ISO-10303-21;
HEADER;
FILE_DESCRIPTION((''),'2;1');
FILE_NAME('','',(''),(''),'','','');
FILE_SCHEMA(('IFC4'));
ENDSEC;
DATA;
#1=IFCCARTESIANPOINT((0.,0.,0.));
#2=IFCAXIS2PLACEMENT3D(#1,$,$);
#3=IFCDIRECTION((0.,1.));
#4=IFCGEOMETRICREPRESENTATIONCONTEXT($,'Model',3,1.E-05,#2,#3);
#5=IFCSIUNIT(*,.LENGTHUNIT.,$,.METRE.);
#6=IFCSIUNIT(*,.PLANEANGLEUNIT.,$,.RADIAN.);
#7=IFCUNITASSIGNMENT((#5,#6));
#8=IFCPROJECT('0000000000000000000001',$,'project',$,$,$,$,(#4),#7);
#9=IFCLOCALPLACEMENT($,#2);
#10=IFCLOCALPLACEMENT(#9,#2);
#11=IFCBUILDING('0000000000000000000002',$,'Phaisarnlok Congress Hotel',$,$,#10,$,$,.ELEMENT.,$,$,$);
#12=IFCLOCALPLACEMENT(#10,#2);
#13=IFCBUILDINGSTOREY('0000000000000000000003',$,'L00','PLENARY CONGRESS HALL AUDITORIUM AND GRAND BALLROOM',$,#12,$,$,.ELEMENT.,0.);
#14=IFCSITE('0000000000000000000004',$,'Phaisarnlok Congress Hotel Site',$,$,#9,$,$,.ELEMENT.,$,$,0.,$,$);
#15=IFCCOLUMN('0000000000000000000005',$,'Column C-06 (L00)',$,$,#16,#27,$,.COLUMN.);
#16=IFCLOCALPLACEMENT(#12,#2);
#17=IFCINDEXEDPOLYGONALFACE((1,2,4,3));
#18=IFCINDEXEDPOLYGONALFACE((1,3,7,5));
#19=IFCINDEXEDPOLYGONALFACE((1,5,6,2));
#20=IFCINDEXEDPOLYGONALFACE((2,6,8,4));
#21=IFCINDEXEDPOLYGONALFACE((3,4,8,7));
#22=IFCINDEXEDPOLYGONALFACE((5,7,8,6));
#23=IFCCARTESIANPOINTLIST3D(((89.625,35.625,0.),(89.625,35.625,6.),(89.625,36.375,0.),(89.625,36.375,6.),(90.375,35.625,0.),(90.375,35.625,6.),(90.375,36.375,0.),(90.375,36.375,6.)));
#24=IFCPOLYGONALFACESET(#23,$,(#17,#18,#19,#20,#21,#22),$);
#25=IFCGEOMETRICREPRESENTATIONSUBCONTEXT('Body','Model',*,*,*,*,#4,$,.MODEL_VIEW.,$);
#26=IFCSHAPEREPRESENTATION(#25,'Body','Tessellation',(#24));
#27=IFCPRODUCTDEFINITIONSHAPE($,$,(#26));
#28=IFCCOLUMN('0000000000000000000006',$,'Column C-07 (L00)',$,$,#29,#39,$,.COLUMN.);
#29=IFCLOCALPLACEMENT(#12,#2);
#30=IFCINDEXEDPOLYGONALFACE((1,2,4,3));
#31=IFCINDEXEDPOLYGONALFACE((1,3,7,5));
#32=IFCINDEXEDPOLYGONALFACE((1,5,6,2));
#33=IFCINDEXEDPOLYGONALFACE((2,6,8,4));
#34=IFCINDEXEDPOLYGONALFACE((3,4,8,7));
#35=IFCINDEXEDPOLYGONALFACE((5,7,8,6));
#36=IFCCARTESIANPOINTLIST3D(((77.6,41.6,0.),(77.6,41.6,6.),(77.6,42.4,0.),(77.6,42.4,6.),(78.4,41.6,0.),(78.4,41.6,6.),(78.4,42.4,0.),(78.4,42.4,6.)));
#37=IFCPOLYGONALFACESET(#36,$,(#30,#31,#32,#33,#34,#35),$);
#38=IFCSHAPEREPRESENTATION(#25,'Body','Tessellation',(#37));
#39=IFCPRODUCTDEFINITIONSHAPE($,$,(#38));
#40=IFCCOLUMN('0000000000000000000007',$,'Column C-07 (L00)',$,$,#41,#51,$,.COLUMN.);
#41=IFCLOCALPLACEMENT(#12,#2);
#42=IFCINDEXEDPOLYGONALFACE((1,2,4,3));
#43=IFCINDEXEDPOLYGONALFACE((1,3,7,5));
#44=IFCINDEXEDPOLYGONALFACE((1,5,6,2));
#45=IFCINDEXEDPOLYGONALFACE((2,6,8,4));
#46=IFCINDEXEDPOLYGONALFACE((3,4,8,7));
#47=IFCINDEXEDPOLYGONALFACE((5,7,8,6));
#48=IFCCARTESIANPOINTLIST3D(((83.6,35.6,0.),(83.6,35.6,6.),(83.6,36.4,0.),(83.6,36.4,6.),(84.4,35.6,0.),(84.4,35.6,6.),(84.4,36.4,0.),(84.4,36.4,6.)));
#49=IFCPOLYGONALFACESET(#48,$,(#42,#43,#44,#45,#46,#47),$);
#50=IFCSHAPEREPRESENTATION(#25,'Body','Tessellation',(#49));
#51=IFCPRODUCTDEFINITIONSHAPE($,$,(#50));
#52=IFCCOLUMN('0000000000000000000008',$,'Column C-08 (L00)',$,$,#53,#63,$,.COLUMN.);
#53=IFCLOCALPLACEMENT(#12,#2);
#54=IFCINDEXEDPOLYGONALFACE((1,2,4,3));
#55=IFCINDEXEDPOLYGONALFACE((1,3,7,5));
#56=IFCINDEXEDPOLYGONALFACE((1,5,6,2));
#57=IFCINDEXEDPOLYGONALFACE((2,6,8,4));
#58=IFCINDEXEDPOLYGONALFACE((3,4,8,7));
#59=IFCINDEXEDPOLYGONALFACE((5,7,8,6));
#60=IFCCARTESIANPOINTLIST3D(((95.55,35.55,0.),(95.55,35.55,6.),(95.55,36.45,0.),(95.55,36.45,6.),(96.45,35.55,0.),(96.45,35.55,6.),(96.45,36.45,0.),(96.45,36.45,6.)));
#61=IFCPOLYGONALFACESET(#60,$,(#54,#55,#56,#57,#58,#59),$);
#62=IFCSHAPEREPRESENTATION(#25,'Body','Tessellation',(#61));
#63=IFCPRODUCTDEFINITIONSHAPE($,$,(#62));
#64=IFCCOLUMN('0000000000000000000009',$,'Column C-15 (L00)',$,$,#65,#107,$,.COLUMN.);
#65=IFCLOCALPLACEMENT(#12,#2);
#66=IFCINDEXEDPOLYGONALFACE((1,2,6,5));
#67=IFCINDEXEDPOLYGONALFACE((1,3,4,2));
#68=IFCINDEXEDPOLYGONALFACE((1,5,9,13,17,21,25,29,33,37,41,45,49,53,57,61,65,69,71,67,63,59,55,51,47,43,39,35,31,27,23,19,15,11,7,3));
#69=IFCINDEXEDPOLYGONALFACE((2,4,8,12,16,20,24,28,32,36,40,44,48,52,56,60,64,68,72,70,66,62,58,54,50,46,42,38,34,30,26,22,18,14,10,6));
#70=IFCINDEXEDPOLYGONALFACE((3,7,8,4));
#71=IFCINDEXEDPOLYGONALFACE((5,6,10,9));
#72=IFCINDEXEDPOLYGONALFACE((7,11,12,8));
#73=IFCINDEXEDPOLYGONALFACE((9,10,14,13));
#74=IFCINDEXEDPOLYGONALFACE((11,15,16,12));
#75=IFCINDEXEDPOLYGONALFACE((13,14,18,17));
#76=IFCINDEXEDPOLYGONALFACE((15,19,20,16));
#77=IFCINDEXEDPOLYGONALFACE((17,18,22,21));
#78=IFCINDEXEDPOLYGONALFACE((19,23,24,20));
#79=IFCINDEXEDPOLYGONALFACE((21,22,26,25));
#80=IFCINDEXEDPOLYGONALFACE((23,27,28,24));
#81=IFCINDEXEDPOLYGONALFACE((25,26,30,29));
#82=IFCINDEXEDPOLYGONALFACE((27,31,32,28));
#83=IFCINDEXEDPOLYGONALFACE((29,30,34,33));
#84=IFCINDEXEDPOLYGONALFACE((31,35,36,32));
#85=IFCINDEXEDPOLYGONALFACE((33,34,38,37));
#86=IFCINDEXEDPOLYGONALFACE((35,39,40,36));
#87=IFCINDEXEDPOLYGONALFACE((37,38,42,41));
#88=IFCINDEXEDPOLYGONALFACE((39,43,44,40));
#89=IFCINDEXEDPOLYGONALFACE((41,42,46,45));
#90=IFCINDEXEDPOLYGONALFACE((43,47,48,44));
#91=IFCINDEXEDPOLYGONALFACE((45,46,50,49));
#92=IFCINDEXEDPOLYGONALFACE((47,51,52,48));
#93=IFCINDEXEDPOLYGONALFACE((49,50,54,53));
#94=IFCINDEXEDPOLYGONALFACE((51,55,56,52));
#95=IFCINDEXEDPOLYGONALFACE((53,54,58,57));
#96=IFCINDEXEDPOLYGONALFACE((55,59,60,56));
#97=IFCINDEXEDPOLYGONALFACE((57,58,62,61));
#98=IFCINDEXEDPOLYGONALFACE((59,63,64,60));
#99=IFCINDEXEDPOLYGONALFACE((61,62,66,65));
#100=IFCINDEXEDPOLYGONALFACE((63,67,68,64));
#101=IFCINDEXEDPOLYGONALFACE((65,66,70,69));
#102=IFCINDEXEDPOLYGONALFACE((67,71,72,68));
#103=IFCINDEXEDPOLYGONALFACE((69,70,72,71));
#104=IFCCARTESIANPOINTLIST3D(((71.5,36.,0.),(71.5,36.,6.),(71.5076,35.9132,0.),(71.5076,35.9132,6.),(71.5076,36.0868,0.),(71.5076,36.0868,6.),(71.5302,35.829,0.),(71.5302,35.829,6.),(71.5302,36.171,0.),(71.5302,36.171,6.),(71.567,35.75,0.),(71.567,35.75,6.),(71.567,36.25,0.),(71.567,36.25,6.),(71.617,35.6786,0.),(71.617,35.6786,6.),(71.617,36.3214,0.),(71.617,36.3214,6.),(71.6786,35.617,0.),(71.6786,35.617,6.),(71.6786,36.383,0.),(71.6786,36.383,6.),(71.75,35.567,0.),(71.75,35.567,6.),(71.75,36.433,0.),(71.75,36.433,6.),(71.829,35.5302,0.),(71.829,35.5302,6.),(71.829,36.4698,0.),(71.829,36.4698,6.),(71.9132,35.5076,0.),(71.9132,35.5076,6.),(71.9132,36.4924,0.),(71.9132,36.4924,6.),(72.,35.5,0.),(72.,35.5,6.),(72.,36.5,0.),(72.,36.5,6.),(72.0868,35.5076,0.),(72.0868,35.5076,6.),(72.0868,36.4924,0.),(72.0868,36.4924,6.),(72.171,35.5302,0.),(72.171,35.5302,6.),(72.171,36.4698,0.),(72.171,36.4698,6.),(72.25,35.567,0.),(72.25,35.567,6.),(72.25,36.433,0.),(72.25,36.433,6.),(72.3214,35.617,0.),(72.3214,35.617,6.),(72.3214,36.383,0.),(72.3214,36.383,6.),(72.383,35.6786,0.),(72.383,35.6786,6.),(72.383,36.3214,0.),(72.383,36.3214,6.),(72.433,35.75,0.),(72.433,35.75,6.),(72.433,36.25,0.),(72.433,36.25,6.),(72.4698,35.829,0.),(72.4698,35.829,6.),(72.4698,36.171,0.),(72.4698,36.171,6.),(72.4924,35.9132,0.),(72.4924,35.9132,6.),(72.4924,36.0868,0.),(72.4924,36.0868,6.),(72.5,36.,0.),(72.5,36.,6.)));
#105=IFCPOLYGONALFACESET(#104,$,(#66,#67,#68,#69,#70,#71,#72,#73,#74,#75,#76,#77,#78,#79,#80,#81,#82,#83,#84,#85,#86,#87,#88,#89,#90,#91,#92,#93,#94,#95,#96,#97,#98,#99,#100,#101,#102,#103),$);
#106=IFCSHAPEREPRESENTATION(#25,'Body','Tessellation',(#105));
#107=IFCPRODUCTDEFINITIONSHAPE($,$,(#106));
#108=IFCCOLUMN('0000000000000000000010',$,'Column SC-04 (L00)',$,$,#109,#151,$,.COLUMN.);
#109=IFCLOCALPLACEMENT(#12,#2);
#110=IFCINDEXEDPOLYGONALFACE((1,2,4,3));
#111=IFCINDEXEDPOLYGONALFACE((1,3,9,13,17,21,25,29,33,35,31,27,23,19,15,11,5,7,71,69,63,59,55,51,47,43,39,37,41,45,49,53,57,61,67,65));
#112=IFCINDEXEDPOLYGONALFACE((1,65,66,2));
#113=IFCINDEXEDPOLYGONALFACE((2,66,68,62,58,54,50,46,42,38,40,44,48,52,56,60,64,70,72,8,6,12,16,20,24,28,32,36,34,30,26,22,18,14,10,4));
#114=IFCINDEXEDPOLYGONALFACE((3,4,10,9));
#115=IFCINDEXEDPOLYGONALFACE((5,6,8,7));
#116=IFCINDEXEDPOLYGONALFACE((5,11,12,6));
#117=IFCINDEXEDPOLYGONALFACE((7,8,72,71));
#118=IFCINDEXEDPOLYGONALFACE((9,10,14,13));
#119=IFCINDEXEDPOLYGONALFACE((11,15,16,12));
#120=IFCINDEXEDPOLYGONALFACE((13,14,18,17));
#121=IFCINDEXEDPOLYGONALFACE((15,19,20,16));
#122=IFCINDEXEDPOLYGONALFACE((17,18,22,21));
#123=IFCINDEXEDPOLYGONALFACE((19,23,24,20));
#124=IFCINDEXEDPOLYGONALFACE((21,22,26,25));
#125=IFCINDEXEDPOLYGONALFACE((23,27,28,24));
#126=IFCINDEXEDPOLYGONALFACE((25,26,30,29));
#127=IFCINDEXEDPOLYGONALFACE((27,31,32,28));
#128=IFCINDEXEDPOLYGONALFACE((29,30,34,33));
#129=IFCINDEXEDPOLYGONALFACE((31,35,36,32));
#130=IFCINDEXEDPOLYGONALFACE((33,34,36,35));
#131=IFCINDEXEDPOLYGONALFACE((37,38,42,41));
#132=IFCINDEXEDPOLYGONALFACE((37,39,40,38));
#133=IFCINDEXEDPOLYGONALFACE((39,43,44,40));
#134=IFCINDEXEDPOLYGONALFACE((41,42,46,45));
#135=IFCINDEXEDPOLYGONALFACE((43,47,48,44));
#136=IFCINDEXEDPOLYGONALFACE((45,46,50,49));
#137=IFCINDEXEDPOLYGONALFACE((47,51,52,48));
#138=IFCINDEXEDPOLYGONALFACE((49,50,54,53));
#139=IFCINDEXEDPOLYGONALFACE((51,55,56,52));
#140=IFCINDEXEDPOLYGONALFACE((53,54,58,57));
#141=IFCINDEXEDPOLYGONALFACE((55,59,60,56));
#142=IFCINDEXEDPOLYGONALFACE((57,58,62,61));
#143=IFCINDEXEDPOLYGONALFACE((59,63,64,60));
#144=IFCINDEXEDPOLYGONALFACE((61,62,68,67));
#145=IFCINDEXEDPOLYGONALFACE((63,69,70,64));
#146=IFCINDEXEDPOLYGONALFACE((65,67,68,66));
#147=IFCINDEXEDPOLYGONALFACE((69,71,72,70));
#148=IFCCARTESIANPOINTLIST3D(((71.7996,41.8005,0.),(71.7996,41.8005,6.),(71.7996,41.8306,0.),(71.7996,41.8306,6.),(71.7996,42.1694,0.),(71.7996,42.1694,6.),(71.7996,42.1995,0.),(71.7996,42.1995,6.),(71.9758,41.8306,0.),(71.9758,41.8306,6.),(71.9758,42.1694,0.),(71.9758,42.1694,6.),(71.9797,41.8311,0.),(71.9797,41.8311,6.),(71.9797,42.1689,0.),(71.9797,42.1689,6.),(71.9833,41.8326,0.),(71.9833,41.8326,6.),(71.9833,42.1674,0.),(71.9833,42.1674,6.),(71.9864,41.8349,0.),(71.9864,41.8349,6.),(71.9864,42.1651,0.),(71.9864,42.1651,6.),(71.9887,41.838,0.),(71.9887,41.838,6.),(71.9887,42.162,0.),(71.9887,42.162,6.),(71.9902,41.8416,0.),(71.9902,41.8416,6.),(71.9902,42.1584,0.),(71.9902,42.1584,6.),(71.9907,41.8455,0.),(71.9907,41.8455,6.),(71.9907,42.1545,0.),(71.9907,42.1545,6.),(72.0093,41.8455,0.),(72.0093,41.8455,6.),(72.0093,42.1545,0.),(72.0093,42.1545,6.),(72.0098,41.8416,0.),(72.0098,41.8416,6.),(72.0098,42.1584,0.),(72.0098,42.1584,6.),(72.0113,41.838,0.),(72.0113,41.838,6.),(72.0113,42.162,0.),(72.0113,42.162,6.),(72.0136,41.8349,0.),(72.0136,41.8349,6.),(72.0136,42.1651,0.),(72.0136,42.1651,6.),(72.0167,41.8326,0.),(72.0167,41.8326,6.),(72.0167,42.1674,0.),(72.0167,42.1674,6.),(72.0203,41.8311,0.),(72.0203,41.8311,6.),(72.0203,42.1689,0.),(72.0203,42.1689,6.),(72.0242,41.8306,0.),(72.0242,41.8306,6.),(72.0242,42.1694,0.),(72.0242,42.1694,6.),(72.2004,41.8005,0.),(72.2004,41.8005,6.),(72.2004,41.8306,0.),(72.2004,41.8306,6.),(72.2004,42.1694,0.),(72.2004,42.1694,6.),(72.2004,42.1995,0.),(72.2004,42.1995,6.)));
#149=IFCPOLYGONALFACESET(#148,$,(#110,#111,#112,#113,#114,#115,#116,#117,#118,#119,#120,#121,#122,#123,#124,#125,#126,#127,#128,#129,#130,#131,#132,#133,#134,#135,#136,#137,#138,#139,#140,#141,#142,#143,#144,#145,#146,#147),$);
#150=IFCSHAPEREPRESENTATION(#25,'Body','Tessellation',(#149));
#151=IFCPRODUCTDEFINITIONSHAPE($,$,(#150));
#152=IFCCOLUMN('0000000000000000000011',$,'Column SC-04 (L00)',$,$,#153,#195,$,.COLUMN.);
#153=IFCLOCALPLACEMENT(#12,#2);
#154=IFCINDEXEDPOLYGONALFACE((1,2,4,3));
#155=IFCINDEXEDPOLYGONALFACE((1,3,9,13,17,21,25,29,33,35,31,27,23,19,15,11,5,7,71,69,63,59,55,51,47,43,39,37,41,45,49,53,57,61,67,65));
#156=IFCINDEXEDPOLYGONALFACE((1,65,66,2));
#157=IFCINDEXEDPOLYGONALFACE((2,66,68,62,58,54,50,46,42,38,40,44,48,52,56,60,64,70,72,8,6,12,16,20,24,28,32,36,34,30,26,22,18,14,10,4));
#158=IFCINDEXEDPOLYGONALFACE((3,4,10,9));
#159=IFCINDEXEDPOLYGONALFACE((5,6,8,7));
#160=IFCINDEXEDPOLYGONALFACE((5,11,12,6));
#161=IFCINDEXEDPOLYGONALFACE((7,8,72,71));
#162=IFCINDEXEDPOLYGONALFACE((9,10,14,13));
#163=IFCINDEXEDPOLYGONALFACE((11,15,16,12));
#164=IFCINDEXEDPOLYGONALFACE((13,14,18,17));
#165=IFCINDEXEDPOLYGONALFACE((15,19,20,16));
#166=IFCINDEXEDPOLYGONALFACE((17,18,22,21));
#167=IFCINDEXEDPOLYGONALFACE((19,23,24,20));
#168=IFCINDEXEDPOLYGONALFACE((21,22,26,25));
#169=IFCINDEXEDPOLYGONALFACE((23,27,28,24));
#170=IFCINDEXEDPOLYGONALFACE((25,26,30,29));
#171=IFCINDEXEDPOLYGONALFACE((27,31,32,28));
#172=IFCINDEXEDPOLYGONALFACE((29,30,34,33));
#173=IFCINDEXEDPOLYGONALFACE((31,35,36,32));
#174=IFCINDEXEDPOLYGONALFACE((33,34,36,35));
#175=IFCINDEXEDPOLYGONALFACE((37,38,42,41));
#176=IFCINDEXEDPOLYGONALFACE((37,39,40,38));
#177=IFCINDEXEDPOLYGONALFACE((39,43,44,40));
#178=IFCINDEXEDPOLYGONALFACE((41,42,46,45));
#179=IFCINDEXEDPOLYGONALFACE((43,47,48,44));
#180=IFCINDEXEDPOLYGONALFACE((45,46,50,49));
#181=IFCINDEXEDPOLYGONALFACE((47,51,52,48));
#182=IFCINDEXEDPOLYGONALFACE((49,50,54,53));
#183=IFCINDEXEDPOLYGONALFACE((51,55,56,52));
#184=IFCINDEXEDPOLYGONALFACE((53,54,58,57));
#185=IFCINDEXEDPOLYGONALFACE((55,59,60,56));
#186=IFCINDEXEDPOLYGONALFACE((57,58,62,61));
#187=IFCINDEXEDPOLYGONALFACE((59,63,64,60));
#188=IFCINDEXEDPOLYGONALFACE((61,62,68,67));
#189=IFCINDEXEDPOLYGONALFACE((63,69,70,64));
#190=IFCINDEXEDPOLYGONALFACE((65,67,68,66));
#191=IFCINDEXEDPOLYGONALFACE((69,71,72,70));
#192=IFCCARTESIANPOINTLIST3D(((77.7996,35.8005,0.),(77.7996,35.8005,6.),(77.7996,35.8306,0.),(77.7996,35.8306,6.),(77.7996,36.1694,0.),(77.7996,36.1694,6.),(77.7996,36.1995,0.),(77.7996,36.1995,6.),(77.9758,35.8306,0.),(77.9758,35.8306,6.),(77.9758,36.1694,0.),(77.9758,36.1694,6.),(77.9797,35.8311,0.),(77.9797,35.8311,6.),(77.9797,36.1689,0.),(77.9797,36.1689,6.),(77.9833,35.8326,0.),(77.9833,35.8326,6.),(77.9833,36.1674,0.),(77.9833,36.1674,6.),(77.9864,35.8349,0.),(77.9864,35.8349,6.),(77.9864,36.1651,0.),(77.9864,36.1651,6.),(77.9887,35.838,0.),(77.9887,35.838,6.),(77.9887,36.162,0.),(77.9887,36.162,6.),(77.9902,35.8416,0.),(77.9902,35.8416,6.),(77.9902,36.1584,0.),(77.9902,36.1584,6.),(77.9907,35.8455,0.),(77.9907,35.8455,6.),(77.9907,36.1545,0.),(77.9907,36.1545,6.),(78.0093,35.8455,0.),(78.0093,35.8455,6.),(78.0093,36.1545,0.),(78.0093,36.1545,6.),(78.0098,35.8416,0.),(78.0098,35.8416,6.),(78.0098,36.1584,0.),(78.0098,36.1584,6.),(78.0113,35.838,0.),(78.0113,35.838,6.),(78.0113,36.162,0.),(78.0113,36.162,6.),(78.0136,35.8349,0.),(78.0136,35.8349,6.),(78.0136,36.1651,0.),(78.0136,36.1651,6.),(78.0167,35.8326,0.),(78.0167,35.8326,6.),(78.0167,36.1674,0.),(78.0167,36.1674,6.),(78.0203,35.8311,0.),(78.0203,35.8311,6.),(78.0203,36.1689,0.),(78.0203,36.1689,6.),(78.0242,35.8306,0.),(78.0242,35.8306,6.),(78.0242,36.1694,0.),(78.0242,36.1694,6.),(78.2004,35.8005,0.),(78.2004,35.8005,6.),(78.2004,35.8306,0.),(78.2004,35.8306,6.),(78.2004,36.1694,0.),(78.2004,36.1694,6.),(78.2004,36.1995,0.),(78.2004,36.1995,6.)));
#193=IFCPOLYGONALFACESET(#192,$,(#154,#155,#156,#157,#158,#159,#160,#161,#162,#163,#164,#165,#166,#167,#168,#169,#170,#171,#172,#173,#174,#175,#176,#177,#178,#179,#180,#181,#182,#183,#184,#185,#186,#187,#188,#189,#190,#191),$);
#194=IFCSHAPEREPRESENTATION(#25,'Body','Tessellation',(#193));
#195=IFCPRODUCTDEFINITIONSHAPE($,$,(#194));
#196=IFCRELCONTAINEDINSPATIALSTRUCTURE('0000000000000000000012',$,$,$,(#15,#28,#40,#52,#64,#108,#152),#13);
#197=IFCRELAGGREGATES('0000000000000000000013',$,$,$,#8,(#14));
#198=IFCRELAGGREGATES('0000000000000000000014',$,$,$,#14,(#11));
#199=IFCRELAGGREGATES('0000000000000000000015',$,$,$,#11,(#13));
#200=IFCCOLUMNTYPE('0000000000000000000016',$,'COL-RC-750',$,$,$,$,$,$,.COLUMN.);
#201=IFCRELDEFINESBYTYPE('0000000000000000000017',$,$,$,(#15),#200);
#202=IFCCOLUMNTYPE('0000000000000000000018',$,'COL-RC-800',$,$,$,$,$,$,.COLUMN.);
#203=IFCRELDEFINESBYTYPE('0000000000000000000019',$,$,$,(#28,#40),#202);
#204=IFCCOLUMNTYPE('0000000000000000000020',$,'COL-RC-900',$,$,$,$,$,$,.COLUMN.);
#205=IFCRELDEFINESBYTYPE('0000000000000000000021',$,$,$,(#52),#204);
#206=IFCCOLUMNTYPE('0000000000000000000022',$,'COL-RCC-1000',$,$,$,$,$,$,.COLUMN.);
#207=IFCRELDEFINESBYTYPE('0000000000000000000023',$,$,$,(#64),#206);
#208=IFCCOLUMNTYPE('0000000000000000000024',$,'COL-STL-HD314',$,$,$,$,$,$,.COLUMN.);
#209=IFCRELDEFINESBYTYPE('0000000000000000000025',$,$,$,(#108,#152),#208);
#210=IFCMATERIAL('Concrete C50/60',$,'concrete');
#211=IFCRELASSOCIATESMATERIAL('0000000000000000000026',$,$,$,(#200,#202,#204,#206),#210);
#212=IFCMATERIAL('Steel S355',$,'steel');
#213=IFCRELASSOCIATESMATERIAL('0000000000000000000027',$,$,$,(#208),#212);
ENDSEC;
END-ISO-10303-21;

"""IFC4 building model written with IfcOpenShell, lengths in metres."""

from ifc_helpers import new_model, si_unit, direction, frame, origin, origin_2d, place, context, subcontext, project, spatial, rectangle, circle, i_section, extrude, material, material_profile, profile_set, type_object, element, save


model = new_model("IFC4")

# Units and contexts
model_context = context("Model", 3, precision=1e-05, world=origin(), true_north=direction((0.0, 1.0)))
body_context = subcontext(model_context, "Body", "Model", "MODEL_VIEW")
ifc_project = project(units=[si_unit("LENGTHUNIT", "METRE"), si_unit("PLANEANGLEUNIT", "RADIAN")], contexts=[model_context])

# Site, building, storey
site_placement = place(None, origin())
site = spatial("IfcSite", under=ifc_project, at=site_placement, Name="Phaisarnlok Congress Hotel Site", CompositionType="ELEMENT", RefElevation=0.0)
building_placement = place(site_placement, origin())
building = spatial("IfcBuilding", under=site, at=building_placement, Name="Phaisarnlok Congress Hotel", CompositionType="ELEMENT")
storey_placement = place(building_placement, origin())
storey = spatial("IfcBuildingStorey", under=building, at=storey_placement, Name="L00", Description="PLENARY CONGRESS HALL AUDITORIUM AND GRAND BALLROOM", CompositionType="ELEMENT", Elevation=0.0)

# Columns
ifc_material_1 = material(Name="Concrete C50/60", Category="concrete")
ifc_material_profile_1 = material_profile(ifc_material_1, rectangle(XDim=0.75, YDim=0.75, at=origin_2d()), Name="RC 750x750")
ifc_profile_set_1 = profile_set([ifc_material_profile_1], Name="Concrete C50/60")
column_type_1 = type_object("IfcColumnType", Name="COL-RC-750", PredefinedType="COLUMN", material=ifc_profile_set_1)
column_1_placement = place(storey_placement, frame((90.0, 36.0, 0.0), z_axis=(0.0, 0.0, 1.0), x_axis=(1.0, 0.0, 0.0)))
element("IfcColumn", 1, at=column_1_placement, inside=storey, type_object=column_type_1, Name="Column C-06 (L00)", PredefinedType="COLUMN", context=body_context, shape_type="SweptSolid", body=[
    extrude(rectangle(XDim=0.75, YDim=0.75, at=origin_2d()), origin(), (0.0, 0.0, 1.0), 6.0),
])
ifc_material_profile_2 = material_profile(ifc_material_1, rectangle(XDim=0.8, YDim=0.8, at=origin_2d()), Name="RC 800x800")
ifc_profile_set_2 = profile_set([ifc_material_profile_2], Name="Concrete C50/60")
column_type_2 = type_object("IfcColumnType", Name="COL-RC-800", PredefinedType="COLUMN", material=ifc_profile_set_2)
for number, where, z_axis, x_axis, name in (
    (2, (78.0, 42.0, 0.0), (0.0, 0.0, 1.0), (1.0, 0.0, 0.0), "Column C-07 (L00)"),
    (3, (84.0, 36.0, 0.0), (0.0, 0.0, 1.0), (1.0, 0.0, 0.0), "Column C-07 (L00)"),
):
    element("IfcColumn", number, at=place(storey_placement, frame(where, z_axis=z_axis, x_axis=x_axis)), inside=storey, type_object=column_type_2, Name=name, PredefinedType="COLUMN", context=body_context, shape_type="SweptSolid", body=[
        extrude(rectangle(XDim=0.8, YDim=0.8, at=origin_2d()), origin(), (0.0, 0.0, 1.0), 6.0),
    ])
ifc_material_profile_3 = material_profile(ifc_material_1, rectangle(XDim=0.8999, YDim=0.8999, at=origin_2d()), Name="RC 900x900")
ifc_profile_set_3 = profile_set([ifc_material_profile_3], Name="Concrete C50/60")
column_type_3 = type_object("IfcColumnType", Name="COL-RC-900", PredefinedType="COLUMN", material=ifc_profile_set_3)
column_2_placement = place(storey_placement, frame((96.0, 36.0, 0.0), z_axis=(0.0, 0.0, 1.0), x_axis=(1.0, 0.0, 0.0)))
element("IfcColumn", 4, at=column_2_placement, inside=storey, type_object=column_type_3, Name="Column C-08 (L00)", PredefinedType="COLUMN", context=body_context, shape_type="SweptSolid", body=[
    extrude(rectangle(XDim=0.8999, YDim=0.8999, at=origin_2d()), origin(), (0.0, 0.0, 1.0), 6.0),
])
ifc_material_profile_4 = material_profile(ifc_material_1, circle(Radius=0.5, at=origin_2d()), Name="RCC D1000")
ifc_profile_set_4 = profile_set([ifc_material_profile_4], Name="Concrete C50/60")
column_type_4 = type_object("IfcColumnType", Name="COL-RCC-1000", PredefinedType="COLUMN", material=ifc_profile_set_4)
column_3_placement = place(storey_placement, frame((72.0, 36.0, 0.0), z_axis=(0.0, 0.0, 1.0), x_axis=(1.0, 0.0, 0.0)))
element("IfcColumn", 5, at=column_3_placement, inside=storey, type_object=column_type_4, Name="Column C-15 (L00)", PredefinedType="COLUMN", context=body_context, shape_type="SweptSolid", body=[
    extrude(circle(Radius=0.5, at=origin_2d()), origin(), (0.0, 0.0, 1.0), 6.0),
])
ifc_material_2 = material(Name="Steel S355", Category="steel")
ifc_material_profile_5 = material_profile(ifc_material_2, i_section(OverallWidth=0.4009, OverallDepth=0.3989, WebThickness=0.0186, FlangeThickness=0.03, FilletRadius=0.0149, at=origin_2d()), Name="HD 400x314")
ifc_profile_set_5 = profile_set([ifc_material_profile_5], Name="Steel S355")
column_type_5 = type_object("IfcColumnType", Name="COL-STL-HD314", PredefinedType="COLUMN", material=ifc_profile_set_5)
for number, where, z_axis, x_axis, name in (
    (6, (72.0, 42.0, 0.0), (0.0, 0.0, 1.0), (1.0, 0.0, 0.0), "Column SC-04 (L00)"),
    (7, (78.0, 36.0, 0.0), (0.0, 0.0, 1.0), (1.0, 0.0, 0.0), "Column SC-04 (L00)"),
):
    element("IfcColumn", number, at=place(storey_placement, frame(where, z_axis=z_axis, x_axis=x_axis)), inside=storey, type_object=column_type_5, Name=name, PredefinedType="COLUMN", context=body_context, shape_type="SweptSolid", body=[
        extrude(i_section(OverallWidth=0.4009, OverallDepth=0.3989, WebThickness=0.0186, FlangeThickness=0.03, FilletRadius=0.0149, at=origin_2d()), origin(), (0.0, 0.0, 1.0), 6.0),
    ])

save(model, "model.ifc")
